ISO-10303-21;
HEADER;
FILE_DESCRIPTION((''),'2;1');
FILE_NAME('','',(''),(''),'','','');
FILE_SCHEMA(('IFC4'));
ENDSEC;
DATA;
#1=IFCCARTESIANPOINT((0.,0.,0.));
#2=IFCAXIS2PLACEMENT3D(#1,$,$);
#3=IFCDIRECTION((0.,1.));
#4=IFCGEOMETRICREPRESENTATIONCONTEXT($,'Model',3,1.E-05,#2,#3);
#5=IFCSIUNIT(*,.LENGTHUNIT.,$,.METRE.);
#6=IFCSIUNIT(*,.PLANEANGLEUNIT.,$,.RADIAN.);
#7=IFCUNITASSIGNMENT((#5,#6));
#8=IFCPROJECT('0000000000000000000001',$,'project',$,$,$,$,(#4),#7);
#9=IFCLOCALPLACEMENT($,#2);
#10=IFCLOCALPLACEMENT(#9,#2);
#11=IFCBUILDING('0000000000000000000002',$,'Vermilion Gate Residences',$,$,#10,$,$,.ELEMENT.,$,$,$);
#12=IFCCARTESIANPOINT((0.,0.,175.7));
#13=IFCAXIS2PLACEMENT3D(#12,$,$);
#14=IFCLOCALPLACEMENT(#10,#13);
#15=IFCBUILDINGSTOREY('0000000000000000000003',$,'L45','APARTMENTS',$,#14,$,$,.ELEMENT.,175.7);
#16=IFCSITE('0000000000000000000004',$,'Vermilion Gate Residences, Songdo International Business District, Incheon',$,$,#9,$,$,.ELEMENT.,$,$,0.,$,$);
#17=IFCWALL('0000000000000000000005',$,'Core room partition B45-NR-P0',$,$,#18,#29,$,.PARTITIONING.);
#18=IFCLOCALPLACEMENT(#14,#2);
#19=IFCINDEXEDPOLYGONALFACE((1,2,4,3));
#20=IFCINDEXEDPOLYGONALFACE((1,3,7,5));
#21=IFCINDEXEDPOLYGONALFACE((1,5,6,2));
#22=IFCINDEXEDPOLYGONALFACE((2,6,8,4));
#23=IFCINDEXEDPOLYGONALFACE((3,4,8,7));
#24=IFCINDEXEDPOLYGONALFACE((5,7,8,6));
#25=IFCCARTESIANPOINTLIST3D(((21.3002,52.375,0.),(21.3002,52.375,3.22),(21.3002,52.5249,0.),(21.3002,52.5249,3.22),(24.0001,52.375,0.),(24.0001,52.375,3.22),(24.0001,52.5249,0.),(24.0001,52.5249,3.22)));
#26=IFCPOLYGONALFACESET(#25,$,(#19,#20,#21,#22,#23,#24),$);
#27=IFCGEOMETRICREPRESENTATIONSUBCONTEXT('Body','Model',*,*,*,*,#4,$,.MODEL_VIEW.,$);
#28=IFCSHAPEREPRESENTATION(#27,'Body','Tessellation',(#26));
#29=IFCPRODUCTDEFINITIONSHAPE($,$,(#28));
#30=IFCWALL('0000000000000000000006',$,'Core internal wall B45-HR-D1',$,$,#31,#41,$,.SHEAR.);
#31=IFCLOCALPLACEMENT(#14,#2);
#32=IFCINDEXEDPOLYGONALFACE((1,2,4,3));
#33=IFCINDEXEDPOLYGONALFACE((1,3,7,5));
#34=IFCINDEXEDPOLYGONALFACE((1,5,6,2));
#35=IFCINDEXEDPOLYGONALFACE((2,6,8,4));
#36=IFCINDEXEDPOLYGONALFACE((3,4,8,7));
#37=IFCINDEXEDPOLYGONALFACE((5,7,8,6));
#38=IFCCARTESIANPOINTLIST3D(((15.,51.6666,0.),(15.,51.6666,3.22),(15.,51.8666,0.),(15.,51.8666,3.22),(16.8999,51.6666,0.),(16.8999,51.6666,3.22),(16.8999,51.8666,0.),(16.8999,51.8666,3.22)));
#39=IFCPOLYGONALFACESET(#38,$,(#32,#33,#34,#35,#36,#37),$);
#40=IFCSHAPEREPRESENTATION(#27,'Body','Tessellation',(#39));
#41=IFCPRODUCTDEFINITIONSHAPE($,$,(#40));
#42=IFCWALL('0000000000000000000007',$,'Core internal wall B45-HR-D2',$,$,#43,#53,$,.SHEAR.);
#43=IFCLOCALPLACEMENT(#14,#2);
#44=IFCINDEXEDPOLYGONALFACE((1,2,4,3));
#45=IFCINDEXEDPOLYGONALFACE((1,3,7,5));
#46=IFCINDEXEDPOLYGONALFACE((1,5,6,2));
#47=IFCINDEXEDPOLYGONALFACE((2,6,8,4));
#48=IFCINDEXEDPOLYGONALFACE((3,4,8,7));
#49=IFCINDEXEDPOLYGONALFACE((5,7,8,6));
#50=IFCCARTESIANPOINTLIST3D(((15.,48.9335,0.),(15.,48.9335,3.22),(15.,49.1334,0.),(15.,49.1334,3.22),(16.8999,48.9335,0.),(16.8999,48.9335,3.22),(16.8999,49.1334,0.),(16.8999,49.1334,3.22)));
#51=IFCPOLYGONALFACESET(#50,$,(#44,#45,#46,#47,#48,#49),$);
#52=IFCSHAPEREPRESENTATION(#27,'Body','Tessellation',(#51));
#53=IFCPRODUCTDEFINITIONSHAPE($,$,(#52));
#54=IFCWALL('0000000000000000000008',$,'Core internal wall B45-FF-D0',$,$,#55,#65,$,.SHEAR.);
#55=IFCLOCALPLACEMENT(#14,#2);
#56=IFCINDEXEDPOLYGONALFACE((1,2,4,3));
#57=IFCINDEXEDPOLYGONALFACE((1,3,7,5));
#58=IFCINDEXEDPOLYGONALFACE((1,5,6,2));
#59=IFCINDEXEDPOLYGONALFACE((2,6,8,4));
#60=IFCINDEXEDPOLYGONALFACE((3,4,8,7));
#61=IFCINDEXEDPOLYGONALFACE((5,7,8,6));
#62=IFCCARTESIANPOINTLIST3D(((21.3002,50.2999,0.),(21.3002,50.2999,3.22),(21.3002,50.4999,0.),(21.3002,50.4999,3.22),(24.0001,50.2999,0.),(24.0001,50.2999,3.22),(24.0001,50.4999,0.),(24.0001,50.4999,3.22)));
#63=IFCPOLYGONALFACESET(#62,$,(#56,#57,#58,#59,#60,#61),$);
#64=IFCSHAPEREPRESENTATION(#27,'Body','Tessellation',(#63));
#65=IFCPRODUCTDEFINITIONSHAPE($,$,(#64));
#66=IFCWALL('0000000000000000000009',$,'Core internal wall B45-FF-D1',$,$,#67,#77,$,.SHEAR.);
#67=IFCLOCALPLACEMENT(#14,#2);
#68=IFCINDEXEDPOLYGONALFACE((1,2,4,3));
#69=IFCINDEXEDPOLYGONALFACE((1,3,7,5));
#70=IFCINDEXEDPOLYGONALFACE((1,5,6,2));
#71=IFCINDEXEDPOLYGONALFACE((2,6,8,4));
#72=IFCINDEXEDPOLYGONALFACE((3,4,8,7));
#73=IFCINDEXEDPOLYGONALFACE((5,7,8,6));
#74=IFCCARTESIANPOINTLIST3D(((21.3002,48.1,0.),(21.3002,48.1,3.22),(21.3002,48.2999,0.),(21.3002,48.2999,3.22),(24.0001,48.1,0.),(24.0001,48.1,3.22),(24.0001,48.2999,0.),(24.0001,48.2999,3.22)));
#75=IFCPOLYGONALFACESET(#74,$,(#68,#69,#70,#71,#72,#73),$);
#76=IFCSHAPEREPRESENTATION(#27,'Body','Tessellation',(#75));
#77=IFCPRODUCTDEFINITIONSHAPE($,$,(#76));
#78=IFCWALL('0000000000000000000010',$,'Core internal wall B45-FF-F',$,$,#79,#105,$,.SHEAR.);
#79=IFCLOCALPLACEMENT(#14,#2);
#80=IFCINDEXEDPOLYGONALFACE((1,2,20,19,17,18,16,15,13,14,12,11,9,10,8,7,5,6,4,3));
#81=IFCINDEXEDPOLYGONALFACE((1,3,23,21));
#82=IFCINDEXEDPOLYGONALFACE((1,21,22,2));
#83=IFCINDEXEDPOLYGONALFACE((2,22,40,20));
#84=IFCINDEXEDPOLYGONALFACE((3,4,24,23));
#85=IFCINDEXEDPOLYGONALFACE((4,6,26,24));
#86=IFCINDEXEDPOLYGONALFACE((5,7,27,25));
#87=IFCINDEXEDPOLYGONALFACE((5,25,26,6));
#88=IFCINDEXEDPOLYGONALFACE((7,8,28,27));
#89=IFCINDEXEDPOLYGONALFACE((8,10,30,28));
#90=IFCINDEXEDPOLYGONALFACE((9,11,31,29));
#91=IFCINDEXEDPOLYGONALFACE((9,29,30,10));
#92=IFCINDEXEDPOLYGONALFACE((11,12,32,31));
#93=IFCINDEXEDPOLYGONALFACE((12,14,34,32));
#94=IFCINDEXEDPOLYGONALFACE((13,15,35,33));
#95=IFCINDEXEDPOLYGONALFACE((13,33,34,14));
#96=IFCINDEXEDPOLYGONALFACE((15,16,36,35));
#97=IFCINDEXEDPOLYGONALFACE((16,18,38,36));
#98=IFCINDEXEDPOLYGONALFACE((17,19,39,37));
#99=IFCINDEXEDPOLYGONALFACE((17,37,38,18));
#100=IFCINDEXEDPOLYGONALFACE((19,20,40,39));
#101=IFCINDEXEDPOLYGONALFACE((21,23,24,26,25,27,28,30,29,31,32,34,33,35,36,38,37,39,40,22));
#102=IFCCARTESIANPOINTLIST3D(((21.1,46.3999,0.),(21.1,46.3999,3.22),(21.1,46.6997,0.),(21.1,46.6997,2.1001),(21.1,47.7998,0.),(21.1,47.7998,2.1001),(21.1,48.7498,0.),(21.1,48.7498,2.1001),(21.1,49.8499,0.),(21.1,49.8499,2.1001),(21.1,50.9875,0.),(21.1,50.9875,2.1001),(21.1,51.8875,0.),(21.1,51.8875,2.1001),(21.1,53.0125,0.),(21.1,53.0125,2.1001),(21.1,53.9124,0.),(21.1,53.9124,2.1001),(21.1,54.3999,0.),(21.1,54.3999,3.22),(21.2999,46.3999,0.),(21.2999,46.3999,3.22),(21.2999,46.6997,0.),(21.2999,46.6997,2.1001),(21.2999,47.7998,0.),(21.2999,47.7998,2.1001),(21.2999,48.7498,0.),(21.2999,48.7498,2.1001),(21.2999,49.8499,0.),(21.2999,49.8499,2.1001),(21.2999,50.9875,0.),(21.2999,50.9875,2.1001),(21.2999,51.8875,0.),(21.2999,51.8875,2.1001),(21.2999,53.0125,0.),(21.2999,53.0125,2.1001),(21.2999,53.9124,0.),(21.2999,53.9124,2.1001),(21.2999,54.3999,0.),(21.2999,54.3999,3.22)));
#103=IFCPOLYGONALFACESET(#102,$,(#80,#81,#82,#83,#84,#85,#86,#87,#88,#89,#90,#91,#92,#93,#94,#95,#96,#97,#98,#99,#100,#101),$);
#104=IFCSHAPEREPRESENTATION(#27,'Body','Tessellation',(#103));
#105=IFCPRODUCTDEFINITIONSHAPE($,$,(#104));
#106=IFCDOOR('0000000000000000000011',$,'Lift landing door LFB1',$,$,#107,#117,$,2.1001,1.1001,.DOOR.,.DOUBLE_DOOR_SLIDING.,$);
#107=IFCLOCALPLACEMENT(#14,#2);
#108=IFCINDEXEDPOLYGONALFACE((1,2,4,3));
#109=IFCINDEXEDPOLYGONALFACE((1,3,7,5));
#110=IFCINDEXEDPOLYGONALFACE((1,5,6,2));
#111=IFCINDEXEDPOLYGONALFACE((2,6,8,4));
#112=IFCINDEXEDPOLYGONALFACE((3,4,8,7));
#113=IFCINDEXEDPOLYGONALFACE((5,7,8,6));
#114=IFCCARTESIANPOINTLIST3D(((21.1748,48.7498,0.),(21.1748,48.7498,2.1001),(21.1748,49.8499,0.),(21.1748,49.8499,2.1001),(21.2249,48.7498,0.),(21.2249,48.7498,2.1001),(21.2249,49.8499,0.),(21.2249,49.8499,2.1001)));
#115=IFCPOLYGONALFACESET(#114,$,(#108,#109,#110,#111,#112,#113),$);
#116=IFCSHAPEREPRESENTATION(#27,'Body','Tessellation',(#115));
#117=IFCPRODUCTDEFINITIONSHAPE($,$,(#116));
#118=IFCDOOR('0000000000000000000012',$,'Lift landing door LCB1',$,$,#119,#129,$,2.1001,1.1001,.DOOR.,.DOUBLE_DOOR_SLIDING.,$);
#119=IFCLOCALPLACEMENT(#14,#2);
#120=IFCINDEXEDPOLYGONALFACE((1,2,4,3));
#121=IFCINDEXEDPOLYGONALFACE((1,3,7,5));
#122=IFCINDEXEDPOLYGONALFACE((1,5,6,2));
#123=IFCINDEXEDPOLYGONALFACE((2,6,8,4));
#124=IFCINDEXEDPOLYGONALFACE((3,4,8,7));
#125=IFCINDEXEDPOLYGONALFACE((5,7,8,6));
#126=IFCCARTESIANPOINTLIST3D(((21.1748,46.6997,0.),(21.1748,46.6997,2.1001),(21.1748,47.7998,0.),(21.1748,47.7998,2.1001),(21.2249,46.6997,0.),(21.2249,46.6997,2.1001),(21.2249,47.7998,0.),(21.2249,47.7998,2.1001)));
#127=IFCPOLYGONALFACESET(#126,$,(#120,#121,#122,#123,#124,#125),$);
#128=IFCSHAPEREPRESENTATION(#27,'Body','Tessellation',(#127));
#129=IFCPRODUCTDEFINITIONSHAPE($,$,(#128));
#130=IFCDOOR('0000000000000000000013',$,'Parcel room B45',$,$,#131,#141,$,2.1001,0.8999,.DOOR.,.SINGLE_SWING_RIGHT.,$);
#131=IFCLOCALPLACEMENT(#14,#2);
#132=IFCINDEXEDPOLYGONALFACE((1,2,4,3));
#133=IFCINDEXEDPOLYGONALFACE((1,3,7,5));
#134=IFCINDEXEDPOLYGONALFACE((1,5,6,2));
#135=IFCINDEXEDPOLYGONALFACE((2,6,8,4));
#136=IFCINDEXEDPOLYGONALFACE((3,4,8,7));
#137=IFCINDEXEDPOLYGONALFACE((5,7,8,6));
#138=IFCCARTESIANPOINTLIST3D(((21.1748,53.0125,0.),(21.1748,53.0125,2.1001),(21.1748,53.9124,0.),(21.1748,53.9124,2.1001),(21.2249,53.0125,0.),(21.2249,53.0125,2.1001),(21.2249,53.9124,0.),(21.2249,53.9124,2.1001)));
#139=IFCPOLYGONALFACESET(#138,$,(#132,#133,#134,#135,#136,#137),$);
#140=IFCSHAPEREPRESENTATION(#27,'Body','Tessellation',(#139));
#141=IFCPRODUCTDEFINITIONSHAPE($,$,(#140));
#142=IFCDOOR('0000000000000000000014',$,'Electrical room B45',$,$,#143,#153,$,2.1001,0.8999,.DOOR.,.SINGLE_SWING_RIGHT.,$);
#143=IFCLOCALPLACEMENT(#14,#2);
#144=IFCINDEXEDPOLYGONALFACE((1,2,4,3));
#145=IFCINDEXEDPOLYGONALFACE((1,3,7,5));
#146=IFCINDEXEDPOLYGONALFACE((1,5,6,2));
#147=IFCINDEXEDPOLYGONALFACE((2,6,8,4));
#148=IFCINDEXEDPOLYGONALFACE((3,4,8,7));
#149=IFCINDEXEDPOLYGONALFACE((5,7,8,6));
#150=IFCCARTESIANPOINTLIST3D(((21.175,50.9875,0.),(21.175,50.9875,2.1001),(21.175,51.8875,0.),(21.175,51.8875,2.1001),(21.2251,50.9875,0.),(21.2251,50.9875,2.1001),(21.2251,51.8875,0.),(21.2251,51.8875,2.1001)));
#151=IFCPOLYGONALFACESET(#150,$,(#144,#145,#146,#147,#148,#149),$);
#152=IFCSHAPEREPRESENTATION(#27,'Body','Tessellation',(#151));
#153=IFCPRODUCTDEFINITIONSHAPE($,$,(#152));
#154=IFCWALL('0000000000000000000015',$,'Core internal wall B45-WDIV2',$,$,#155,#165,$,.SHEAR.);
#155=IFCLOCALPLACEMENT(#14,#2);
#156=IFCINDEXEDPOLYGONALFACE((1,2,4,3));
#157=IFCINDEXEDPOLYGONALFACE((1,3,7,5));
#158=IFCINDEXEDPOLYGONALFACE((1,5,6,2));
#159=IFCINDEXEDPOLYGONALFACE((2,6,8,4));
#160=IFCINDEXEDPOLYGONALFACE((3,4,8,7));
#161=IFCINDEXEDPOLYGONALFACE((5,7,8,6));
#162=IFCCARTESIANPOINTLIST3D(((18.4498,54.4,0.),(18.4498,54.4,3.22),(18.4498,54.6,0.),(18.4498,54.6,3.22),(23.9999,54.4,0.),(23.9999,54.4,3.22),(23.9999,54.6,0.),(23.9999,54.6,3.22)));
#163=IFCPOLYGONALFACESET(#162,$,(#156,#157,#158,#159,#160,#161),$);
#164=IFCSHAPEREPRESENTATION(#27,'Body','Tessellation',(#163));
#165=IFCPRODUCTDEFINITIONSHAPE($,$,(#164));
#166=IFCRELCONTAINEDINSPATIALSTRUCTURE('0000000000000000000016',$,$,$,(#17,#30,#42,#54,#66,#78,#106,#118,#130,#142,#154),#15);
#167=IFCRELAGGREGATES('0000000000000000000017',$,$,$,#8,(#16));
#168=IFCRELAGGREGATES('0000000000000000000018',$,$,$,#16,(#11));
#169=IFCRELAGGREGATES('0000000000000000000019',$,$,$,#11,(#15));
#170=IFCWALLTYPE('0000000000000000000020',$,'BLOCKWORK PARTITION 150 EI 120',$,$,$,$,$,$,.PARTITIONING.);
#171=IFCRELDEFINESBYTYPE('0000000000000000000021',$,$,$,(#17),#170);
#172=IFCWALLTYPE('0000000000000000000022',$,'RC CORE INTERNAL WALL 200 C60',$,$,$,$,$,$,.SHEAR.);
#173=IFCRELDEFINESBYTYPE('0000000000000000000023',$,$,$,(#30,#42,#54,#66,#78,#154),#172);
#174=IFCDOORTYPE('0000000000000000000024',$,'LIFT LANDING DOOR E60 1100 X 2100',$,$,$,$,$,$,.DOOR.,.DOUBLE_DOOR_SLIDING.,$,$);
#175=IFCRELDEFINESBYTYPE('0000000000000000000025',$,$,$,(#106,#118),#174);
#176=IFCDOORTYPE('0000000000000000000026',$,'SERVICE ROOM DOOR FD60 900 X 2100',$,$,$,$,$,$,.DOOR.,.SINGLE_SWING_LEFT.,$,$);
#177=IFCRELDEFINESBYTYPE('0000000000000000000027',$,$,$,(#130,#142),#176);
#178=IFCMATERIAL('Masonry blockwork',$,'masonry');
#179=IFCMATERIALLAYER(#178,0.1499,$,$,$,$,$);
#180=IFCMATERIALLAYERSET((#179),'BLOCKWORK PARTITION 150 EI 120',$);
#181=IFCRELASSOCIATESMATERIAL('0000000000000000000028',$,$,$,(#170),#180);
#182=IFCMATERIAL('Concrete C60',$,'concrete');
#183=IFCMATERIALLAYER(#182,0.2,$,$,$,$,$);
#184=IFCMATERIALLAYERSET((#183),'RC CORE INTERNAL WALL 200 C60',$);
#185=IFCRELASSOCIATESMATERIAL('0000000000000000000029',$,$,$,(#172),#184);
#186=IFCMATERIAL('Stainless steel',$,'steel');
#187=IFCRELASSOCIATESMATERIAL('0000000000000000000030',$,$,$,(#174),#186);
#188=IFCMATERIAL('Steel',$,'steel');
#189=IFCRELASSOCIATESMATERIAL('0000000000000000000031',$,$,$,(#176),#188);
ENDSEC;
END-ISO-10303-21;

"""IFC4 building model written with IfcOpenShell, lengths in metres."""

from ifc_helpers import new_model, si_unit, direction, frame, frame_2d, origin, place, context, subcontext, project, spatial, rectangle, extrude, material, layer, layer_set, type_object, element, fill, save


model = new_model("IFC4")

# Units and contexts
model_context = context("Model", 3, precision=1e-05, world=origin(), true_north=direction((0.0, 1.0)))
body_context = subcontext(model_context, "Body", "Model", "MODEL_VIEW")
ifc_project = project(units=[si_unit("LENGTHUNIT", "METRE"), si_unit("PLANEANGLEUNIT", "RADIAN")], contexts=[model_context])

# Site, building, storey
site_placement = place(None, origin())
site = spatial("IfcSite", under=ifc_project, at=site_placement, Name="Vermilion Gate Residences, Songdo International Business District, Incheon", CompositionType="ELEMENT", RefElevation=0.0)
building_placement = place(site_placement, origin())
building = spatial("IfcBuilding", under=site, at=building_placement, Name="Vermilion Gate Residences", CompositionType="ELEMENT")
storey_placement = place(building_placement, frame((0.0, 0.0, 175.7)))
storey = spatial("IfcBuildingStorey", under=building, at=storey_placement, Name="L45", Description="APARTMENTS", CompositionType="ELEMENT", Elevation=175.7)

# Walls
ifc_material_1 = material(Name="Masonry blockwork", Category="masonry")
ifc_layer_1 = layer(ifc_material_1, 0.1499)
ifc_layer_set_1 = layer_set([ifc_layer_1], Name="BLOCKWORK PARTITION 150 EI 120")
wall_type_1 = type_object("IfcWallType", Name="BLOCKWORK PARTITION 150 EI 120", PredefinedType="PARTITIONING", material=ifc_layer_set_1)
wall_1_placement = place(storey_placement, frame((21.3, 52.45, 0.0), z_axis=(0.0, 0.0, 1.0), x_axis=(1.0, 0.0, 0.0)))
element("IfcWall", 1, at=wall_1_placement, inside=storey, type_object=wall_type_1, Name="Core room partition B45-NR-P0", PredefinedType="PARTITIONING", context=body_context, shape_type="SweptSolid", body=[
    extrude(rectangle(XDim=2.7, YDim=0.1499, at=frame_2d((1.3501, 0.0))), origin(), (0.0, 0.0, 1.0), 3.22),
])
ifc_material_2 = material(Name="Concrete C60", Category="concrete")
ifc_layer_2 = layer(ifc_material_2, 0.2)
ifc_layer_set_2 = layer_set([ifc_layer_2], Name="RC CORE INTERNAL WALL 200 C60")
wall_type_2 = type_object("IfcWallType", Name="RC CORE INTERNAL WALL 200 C60", PredefinedType="SHEAR", material=ifc_layer_set_2)
for number, where, z_axis, x_axis, name in (
    (2, (15.0, 51.7666, 0.0), (0.0, 0.0, 1.0), (1.0, 0.0, 0.0), "Core internal wall B45-HR-D1"),
    (3, (15.0, 49.0334, 0.0), (0.0, 0.0, 1.0), (1.0, 0.0, 0.0), "Core internal wall B45-HR-D2"),
):
    element("IfcWall", number, at=place(storey_placement, frame(where, z_axis=z_axis, x_axis=x_axis)), inside=storey, type_object=wall_type_2, Name=name, PredefinedType="SHEAR", context=body_context, shape_type="SweptSolid", body=[
        extrude(rectangle(XDim=1.8999, YDim=0.2, at=frame_2d((0.95, 0.0))), origin(), (0.0, 0.0, 1.0), 3.22),
    ])
for number, where, z_axis, x_axis, name in (
    (4, (21.3, 50.3999, 0.0), (0.0, 0.0, 1.0), (1.0, 0.0, 0.0), "Core internal wall B45-FF-D0"),
    (5, (21.3, 48.2, 0.0), (0.0, 0.0, 1.0), (1.0, 0.0, 0.0), "Core internal wall B45-FF-D1"),
):
    element("IfcWall", number, at=place(storey_placement, frame(where, z_axis=z_axis, x_axis=x_axis)), inside=storey, type_object=wall_type_2, Name=name, PredefinedType="SHEAR", context=body_context, shape_type="SweptSolid", body=[
        extrude(rectangle(XDim=2.7, YDim=0.2, at=frame_2d((1.3501, 0.0))), origin(), (0.0, 0.0, 1.0), 3.22),
    ])

# Wall, openings, doors
wall_2_placement = place(storey_placement, frame((21.2, 54.3999, 0.0), z_axis=(0.0, 0.0, 1.0), x_axis=(0.0, -1.0, 0.0)))
wall_2 = element("IfcWall", 6, at=wall_2_placement, inside=storey, type_object=wall_type_2, Name="Core internal wall B45-FF-F", PredefinedType="SHEAR", context=body_context, shape_type="SweptSolid", body=[
    extrude(rectangle(XDim=8.0, YDim=0.2, at=frame_2d((4.0, 0.0))), origin(), (0.0, 0.0, 1.0), 3.22),
])
opening_1_placement = place(wall_2_placement, frame((0.4875, 0.0, 0.0)))
opening_1 = element("IfcOpeningElement", 7, at=opening_1_placement, cuts=wall_2, PredefinedType="OPENING", context=body_context, shape_type="SweptSolid", body=[
    extrude(rectangle(XDim=0.8999, YDim=2.1001, at=frame_2d((0.45, 1.05))), frame((0.0, 0.1099, 0.0), z_axis=(0.0, -1.0, 0.0), x_axis=(1.0, 0.0, 0.0)), (0.0, 0.0, 1.0), 0.22),
])
opening_2_placement = place(wall_2_placement, frame((2.5125, 0.0, 0.0)))
opening_2 = element("IfcOpeningElement", 8, at=opening_2_placement, cuts=wall_2, PredefinedType="OPENING", context=body_context, shape_type="SweptSolid", body=[
    extrude(rectangle(XDim=0.8999, YDim=2.1001, at=frame_2d((0.45, 1.05))), frame((0.0, 0.1099, 0.0), z_axis=(0.0, -1.0, 0.0), x_axis=(1.0, 0.0, 0.0)), (0.0, 0.0, 1.0), 0.22),
])
opening_3_placement = place(wall_2_placement, frame((4.55, 0.0, 0.0)))
opening_3 = element("IfcOpeningElement", 9, at=opening_3_placement, cuts=wall_2, PredefinedType="OPENING", context=body_context, shape_type="SweptSolid", body=[
    extrude(rectangle(XDim=1.1001, YDim=2.1001, at=frame_2d((0.55, 1.05))), frame((0.0, 0.1099, 0.0), z_axis=(0.0, -1.0, 0.0), x_axis=(1.0, 0.0, 0.0)), (0.0, 0.0, 1.0), 0.22),
])
opening_4_placement = place(wall_2_placement, frame((6.6001, 0.0, 0.0)))
opening_4 = element("IfcOpeningElement", 10, at=opening_4_placement, cuts=wall_2, PredefinedType="OPENING", context=body_context, shape_type="SweptSolid", body=[
    extrude(rectangle(XDim=1.1001, YDim=2.1001, at=frame_2d((0.55, 1.05))), frame((0.0, 0.1099, 0.0), z_axis=(0.0, -1.0, 0.0), x_axis=(1.0, 0.0, 0.0)), (0.0, 0.0, 1.0), 0.22),
])
ifc_material_3 = material(Name="Stainless steel", Category="steel")
door_type_1 = type_object("IfcDoorType", Name="LIFT LANDING DOOR E60 1100 X 2100", OperationType="DOUBLE_DOOR_SLIDING", PredefinedType="DOOR", material=ifc_material_3)
door_1_placement = place(opening_3_placement, origin())
door_1 = element("IfcDoor", 11, at=door_1_placement, inside=storey, type_object=door_type_1, Name="Lift landing door LFB1", OperationType="DOUBLE_DOOR_SLIDING", OverallHeight=2.1001, OverallWidth=1.1001, PredefinedType="DOOR", context=body_context, shape_type="SweptSolid", body=[
    extrude(rectangle(XDim=1.1001, YDim=2.1001, at=frame_2d((0.55, 1.05))), frame((0.0, 0.0249, 0.0), z_axis=(0.0, -1.0, 0.0), x_axis=(1.0, 0.0, 0.0)), (0.0, 0.0, 1.0), 0.05),
])
fill(opening_3, door_1)
door_2_placement = place(opening_4_placement, origin())
door_2 = element("IfcDoor", 12, at=door_2_placement, inside=storey, type_object=door_type_1, Name="Lift landing door LCB1", OperationType="DOUBLE_DOOR_SLIDING", OverallHeight=2.1001, OverallWidth=1.1001, PredefinedType="DOOR", context=body_context, shape_type="SweptSolid", body=[
    extrude(rectangle(XDim=1.1001, YDim=2.1001, at=frame_2d((0.55, 1.05))), frame((0.0, 0.0249, 0.0), z_axis=(0.0, -1.0, 0.0), x_axis=(1.0, 0.0, 0.0)), (0.0, 0.0, 1.0), 0.05),
])
fill(opening_4, door_2)
ifc_material_4 = material(Name="Steel", Category="steel")
door_type_2 = type_object("IfcDoorType", Name="SERVICE ROOM DOOR FD60 900 X 2100", OperationType="SINGLE_SWING_LEFT", PredefinedType="DOOR", material=ifc_material_4)
door_3_placement = place(opening_1_placement, origin())
door_3 = element("IfcDoor", 13, at=door_3_placement, inside=storey, type_object=door_type_2, Name="Parcel room B45", OperationType="SINGLE_SWING_RIGHT", OverallHeight=2.1001, OverallWidth=0.8999, PredefinedType="DOOR", context=body_context, shape_type="SweptSolid", body=[
    extrude(rectangle(XDim=0.8999, YDim=2.1001, at=frame_2d((0.45, 1.05))), frame((0.0, 0.0249, 0.0), z_axis=(0.0, -1.0, 0.0), x_axis=(1.0, 0.0, 0.0)), (0.0, 0.0, 1.0), 0.05),
])
fill(opening_1, door_3)
door_4_placement = place(opening_2_placement, frame((0.8999, 0.0, 0.0), z_axis=(0.0, 0.0, 1.0), x_axis=(-1.0, 0.0, 0.0)))
door_4 = element("IfcDoor", 14, at=door_4_placement, inside=storey, type_object=door_type_2, Name="Electrical room B45", OperationType="SINGLE_SWING_RIGHT", OverallHeight=2.1001, OverallWidth=0.8999, PredefinedType="DOOR", context=body_context, shape_type="SweptSolid", body=[
    extrude(rectangle(XDim=0.8999, YDim=2.1001, at=frame_2d((0.45, 1.05))), frame((0.0, 0.0249, 0.0), z_axis=(0.0, -1.0, 0.0), x_axis=(1.0, 0.0, 0.0)), (0.0, 0.0, 1.0), 0.05),
])
fill(opening_2, door_4)

# Wall
wall_3_placement = place(storey_placement, frame((18.45, 54.5, 0.0), z_axis=(0.0, 0.0, 1.0), x_axis=(1.0, 0.0, 0.0)))
element("IfcWall", 15, at=wall_3_placement, inside=storey, type_object=wall_type_2, Name="Core internal wall B45-WDIV2", PredefinedType="SHEAR", context=body_context, shape_type="SweptSolid", body=[
    extrude(rectangle(XDim=5.55, YDim=0.2, at=frame_2d((2.7749, 0.0))), origin(), (0.0, 0.0, 1.0), 3.22),
])

save(model, "model.ifc")
